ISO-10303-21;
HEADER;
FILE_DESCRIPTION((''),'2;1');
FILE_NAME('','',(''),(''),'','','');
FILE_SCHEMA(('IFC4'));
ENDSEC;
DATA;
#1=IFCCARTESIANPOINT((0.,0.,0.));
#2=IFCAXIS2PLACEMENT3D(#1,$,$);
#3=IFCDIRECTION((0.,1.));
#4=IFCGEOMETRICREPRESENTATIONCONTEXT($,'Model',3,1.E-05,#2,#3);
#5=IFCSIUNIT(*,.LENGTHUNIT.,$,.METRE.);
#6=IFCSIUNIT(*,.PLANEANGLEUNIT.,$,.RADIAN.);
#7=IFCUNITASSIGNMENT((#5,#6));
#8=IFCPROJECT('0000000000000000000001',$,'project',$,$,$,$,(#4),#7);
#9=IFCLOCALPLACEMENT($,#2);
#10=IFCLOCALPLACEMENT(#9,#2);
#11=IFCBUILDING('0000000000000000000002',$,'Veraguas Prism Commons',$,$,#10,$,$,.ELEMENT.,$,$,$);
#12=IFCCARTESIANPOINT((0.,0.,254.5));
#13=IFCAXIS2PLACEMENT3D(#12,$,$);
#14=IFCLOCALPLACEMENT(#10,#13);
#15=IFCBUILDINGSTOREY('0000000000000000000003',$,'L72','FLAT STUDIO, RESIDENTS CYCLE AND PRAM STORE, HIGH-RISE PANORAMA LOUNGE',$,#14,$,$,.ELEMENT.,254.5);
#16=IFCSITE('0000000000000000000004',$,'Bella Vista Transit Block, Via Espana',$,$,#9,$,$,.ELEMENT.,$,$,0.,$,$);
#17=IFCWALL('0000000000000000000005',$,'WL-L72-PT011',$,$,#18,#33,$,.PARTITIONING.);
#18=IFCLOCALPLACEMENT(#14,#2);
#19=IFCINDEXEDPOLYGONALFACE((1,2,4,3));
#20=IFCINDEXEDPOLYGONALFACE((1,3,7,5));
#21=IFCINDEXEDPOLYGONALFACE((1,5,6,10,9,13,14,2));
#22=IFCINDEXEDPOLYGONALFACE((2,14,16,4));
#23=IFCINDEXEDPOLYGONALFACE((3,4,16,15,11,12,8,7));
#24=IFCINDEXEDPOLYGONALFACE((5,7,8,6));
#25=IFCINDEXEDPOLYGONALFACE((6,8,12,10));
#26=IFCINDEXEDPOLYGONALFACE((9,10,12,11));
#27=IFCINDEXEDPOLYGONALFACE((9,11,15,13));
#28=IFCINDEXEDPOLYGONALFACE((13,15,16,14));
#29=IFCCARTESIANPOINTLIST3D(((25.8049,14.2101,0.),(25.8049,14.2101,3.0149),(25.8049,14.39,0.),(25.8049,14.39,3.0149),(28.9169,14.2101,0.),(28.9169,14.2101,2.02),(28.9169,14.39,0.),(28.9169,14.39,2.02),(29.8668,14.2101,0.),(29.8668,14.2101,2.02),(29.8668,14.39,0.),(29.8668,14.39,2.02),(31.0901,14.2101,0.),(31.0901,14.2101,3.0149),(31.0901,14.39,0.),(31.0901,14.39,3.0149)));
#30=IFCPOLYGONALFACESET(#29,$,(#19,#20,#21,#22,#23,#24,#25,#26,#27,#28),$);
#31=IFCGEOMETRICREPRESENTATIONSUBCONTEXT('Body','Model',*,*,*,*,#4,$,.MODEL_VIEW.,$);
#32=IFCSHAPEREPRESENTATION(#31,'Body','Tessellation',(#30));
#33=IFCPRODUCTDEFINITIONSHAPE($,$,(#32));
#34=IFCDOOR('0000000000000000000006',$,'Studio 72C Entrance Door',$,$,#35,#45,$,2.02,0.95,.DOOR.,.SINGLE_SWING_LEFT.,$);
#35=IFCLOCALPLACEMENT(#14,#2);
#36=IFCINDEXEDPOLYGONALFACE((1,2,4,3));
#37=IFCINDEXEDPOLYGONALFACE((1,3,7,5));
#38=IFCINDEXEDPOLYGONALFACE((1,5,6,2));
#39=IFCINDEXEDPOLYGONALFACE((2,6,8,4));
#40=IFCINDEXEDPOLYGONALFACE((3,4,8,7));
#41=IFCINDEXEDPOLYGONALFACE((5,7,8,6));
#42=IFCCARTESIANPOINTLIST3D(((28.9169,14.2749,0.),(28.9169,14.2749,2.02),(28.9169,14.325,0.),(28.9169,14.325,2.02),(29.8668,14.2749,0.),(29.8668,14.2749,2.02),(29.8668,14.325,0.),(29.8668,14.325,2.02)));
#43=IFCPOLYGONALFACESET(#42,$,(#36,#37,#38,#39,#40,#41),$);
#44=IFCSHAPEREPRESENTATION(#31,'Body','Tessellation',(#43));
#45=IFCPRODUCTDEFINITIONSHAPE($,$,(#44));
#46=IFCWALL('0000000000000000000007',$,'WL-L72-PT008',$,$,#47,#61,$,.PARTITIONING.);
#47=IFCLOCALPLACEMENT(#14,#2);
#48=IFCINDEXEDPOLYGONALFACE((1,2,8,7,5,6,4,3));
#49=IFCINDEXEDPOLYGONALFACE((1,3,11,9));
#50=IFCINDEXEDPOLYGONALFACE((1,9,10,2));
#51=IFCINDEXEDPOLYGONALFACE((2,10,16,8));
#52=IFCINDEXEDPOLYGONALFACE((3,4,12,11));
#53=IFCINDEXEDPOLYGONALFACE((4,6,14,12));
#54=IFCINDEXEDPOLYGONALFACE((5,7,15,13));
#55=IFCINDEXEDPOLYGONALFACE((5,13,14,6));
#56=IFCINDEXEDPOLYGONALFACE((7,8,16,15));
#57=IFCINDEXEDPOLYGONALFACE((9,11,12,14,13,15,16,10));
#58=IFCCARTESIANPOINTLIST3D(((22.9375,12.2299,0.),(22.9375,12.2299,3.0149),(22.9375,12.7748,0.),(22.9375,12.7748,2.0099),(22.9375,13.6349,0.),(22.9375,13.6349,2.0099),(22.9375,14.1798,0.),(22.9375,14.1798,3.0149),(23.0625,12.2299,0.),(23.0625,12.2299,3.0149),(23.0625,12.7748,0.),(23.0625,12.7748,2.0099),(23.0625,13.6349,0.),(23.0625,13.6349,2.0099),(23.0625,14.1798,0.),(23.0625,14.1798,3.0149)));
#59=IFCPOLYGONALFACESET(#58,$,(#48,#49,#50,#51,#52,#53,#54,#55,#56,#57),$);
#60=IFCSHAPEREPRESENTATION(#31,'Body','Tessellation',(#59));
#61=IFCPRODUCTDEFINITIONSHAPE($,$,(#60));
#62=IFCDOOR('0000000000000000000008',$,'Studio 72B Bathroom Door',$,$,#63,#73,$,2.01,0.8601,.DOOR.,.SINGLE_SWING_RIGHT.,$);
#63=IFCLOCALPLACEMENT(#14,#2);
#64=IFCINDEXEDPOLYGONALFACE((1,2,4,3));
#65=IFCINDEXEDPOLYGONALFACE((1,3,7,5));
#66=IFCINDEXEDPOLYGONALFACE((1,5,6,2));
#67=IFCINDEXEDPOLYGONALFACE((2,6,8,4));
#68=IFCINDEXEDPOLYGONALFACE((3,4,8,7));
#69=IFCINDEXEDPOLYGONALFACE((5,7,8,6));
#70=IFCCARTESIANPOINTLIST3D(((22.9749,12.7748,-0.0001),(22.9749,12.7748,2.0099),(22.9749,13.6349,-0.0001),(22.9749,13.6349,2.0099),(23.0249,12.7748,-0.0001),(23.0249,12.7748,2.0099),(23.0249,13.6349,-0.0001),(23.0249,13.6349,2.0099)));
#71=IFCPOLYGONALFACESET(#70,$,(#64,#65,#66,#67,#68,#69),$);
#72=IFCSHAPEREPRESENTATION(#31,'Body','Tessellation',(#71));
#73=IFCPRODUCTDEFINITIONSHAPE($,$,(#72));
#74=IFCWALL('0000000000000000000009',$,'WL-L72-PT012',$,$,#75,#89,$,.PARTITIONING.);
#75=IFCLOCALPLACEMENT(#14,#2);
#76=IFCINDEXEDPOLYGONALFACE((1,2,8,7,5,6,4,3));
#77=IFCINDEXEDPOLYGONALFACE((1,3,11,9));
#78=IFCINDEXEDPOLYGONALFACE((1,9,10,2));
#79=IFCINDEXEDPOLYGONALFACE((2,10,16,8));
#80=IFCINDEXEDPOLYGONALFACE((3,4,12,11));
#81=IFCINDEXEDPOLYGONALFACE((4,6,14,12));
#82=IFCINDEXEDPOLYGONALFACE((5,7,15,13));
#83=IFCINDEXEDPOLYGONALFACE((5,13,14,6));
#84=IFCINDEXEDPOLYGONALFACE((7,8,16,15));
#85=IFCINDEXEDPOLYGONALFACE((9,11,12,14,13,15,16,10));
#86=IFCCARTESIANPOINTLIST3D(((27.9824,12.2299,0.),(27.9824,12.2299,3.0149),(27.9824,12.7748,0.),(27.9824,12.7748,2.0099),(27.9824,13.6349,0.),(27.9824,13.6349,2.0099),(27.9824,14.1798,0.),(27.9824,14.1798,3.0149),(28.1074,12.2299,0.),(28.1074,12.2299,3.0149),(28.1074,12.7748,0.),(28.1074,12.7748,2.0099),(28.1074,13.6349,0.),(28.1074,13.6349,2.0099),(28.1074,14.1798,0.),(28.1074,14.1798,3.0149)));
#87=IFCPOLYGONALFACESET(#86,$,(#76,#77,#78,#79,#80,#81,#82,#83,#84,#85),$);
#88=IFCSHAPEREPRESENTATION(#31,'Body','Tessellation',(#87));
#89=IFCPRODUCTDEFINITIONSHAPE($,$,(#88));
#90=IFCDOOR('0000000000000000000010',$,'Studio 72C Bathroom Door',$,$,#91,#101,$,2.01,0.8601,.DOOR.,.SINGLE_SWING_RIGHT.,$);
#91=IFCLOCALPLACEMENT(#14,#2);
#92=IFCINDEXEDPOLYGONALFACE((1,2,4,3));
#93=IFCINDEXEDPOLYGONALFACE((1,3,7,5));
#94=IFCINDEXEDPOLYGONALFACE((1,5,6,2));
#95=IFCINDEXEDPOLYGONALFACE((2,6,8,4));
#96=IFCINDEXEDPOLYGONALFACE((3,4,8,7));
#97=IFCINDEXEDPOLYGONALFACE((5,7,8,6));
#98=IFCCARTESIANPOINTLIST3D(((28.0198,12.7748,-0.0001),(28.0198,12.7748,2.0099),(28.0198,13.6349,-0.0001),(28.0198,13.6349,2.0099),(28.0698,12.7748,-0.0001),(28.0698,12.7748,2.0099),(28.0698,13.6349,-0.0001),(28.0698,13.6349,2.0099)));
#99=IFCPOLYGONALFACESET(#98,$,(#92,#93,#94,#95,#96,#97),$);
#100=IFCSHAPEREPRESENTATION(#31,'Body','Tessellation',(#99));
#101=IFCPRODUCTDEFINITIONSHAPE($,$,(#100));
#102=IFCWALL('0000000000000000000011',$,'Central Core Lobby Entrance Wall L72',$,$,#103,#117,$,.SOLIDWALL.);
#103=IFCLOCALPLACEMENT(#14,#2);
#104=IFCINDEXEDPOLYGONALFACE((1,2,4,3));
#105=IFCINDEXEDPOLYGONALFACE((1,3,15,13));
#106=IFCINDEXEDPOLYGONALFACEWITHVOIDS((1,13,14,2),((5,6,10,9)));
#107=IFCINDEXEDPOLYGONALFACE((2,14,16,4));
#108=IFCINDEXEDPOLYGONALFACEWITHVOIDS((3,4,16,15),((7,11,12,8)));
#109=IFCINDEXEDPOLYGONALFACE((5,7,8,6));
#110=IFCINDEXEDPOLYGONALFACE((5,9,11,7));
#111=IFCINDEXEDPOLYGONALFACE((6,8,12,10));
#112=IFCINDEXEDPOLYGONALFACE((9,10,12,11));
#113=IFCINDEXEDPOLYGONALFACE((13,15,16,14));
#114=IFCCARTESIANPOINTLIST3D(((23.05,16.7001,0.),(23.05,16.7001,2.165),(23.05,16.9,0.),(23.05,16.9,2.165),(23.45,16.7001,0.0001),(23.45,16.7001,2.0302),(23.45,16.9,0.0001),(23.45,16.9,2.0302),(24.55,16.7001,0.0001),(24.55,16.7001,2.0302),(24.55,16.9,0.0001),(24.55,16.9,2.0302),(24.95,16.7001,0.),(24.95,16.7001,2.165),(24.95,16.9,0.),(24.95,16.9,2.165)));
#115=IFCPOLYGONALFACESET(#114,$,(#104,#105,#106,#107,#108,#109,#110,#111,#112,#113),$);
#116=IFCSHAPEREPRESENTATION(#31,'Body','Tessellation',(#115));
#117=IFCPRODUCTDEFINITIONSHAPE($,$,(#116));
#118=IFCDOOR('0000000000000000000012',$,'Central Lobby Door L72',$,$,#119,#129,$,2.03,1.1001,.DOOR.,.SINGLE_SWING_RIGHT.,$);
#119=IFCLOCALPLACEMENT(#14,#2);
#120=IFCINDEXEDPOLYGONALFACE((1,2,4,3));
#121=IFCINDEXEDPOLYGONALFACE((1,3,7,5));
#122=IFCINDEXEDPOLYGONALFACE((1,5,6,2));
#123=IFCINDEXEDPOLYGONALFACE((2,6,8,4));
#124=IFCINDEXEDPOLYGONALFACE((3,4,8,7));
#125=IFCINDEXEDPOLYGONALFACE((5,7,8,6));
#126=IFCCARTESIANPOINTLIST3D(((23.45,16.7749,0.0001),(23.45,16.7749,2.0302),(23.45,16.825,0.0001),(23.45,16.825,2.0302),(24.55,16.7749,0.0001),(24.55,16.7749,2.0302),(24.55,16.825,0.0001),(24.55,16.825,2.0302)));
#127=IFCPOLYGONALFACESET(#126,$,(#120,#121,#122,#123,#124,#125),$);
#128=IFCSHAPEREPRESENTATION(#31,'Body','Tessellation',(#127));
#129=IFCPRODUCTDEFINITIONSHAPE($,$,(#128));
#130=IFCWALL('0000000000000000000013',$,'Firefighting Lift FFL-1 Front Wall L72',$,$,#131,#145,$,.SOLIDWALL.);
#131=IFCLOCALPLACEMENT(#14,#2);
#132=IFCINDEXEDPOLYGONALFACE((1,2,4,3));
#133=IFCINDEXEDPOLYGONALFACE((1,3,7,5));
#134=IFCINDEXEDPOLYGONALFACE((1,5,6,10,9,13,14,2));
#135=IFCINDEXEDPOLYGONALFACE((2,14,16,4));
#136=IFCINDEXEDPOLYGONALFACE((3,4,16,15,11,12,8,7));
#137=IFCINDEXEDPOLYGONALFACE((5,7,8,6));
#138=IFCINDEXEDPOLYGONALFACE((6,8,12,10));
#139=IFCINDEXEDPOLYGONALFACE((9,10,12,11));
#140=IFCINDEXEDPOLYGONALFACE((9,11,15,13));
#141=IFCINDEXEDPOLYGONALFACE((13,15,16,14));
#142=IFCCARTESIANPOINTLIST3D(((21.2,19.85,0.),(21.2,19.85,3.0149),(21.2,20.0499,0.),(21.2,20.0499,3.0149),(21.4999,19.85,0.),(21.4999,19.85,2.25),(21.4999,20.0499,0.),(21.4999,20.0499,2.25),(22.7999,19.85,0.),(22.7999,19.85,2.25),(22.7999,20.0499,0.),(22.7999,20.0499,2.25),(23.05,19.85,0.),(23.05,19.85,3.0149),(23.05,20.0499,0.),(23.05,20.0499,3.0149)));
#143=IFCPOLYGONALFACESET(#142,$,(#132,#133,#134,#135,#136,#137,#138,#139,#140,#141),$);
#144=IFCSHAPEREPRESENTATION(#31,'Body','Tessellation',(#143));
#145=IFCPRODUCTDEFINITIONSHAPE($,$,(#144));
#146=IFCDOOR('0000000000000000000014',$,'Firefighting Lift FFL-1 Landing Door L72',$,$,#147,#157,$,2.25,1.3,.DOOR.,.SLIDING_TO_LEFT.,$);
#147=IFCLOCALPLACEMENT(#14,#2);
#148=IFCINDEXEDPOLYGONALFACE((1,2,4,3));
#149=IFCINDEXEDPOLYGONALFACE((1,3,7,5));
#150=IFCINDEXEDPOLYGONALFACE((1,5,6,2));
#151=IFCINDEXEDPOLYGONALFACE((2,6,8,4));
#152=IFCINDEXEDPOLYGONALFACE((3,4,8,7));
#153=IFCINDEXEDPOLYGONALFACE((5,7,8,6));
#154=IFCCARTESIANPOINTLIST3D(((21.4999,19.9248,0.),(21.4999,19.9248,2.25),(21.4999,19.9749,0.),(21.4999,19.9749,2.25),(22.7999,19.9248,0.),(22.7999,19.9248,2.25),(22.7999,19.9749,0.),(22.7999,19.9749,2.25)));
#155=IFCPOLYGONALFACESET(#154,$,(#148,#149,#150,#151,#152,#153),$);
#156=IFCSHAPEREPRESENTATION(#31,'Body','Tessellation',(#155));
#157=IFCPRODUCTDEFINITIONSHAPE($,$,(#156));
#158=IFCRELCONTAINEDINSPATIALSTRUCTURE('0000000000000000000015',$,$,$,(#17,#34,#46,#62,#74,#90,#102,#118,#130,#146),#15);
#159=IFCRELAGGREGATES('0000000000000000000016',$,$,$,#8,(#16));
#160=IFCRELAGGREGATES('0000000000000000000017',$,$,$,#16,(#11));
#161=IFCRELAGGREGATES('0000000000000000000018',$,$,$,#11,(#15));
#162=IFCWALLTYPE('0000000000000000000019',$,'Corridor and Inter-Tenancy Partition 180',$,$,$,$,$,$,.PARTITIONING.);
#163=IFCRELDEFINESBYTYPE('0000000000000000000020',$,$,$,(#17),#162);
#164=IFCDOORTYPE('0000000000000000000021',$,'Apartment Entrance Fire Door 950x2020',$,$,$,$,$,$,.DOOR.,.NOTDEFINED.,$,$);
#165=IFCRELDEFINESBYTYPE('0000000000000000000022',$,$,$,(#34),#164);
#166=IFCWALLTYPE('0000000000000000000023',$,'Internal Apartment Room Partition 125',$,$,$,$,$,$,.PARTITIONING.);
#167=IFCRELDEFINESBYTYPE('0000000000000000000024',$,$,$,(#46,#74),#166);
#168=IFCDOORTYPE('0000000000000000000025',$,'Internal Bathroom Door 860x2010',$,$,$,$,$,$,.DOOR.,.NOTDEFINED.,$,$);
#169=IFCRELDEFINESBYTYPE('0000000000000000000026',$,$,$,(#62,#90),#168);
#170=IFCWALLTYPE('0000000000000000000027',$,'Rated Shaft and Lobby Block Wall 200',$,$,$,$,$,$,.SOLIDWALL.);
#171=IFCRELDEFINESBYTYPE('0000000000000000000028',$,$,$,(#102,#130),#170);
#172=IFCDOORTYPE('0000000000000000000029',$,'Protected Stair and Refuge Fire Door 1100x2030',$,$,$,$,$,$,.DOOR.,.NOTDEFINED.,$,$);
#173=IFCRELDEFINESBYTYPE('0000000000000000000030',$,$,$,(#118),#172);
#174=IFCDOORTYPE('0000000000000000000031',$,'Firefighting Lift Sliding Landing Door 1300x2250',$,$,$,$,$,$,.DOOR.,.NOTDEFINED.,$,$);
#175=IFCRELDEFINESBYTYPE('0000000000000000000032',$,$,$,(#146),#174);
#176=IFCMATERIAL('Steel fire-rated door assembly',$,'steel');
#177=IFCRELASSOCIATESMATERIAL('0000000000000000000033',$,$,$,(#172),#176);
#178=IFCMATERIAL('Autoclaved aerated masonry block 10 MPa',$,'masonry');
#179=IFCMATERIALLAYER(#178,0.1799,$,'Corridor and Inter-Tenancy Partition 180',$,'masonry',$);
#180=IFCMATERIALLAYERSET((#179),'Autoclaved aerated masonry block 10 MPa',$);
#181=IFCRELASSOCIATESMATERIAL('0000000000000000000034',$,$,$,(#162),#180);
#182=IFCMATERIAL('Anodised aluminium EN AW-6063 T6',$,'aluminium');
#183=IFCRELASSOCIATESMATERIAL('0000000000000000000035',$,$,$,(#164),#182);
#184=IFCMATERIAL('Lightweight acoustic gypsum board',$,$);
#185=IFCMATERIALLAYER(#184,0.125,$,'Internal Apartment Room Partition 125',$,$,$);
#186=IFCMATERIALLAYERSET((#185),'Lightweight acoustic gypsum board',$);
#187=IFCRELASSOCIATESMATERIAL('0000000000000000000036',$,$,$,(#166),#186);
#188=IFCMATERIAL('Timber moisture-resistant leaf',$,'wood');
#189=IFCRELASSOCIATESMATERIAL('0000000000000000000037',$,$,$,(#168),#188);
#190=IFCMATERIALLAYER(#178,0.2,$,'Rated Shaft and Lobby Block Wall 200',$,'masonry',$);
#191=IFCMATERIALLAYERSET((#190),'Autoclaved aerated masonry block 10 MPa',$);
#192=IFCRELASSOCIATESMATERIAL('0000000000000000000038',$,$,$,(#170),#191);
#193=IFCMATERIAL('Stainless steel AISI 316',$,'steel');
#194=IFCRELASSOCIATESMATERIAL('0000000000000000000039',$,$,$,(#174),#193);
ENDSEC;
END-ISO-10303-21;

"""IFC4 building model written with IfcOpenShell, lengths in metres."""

from ifc_helpers import new_model, si_unit, direction, frame, frame_2d, origin, place, context, subcontext, project, spatial, rectangle, extrude, source, transform, mapped, material, layer, layer_set, type_object, element, fill, save


model = new_model("IFC4")

# Units and contexts
model_context = context("Model", 3, precision=1e-05, world=origin(), true_north=direction((0.0, 1.0)))
body_context = subcontext(model_context, "Body", "Model", "MODEL_VIEW")
ifc_project = project(units=[si_unit("LENGTHUNIT", "METRE"), si_unit("PLANEANGLEUNIT", "RADIAN")], contexts=[model_context])

# Site, building, storey
site_placement = place(None, origin())
site = spatial("IfcSite", under=ifc_project, at=site_placement, Name="Bella Vista Transit Block, Via Espana", CompositionType="ELEMENT", RefElevation=0.0)
building_placement = place(site_placement, origin())
building = spatial("IfcBuilding", under=site, at=building_placement, Name="Veraguas Prism Commons", CompositionType="ELEMENT")
storey_placement = place(building_placement, frame((0.0, 0.0, 254.5)))
storey = spatial("IfcBuildingStorey", under=building, at=storey_placement, Name="L72", Description="FLAT STUDIO, RESIDENTS CYCLE AND PRAM STORE, HIGH-RISE PANORAMA LOUNGE", CompositionType="ELEMENT", Elevation=254.5)

# Shared definitions
ifc_material_1 = material(Name="Steel fire-rated door assembly", Category="steel")
door_type_1 = type_object("IfcDoorType", Name="Protected Stair and Refuge Fire Door 1100x2030", OperationType="NOTDEFINED", PredefinedType="DOOR", material=ifc_material_1)
shared_shape_1 = source(origin(), body_context, "Body", "SweptSolid", [
    extrude(rectangle(XDim=1.1001, YDim=2.03, at=frame_2d((0.55, 1.0151))), frame((0.0, 0.0249, 0.0), z_axis=(0.0, -1.0, 0.0), x_axis=(1.0, 0.0, 0.0)), (0.0, 0.0, 1.0), 0.05),
])

# Shared definitions
ifc_material_2 = material(Name="Autoclaved aerated masonry block 10 MPa", Category="masonry")
ifc_layer_1 = layer(ifc_material_2, 0.1799, Name="Corridor and Inter-Tenancy Partition 180", Category="masonry")
ifc_layer_set_1 = layer_set([ifc_layer_1], Name="Autoclaved aerated masonry block 10 MPa")
wall_type_1 = type_object("IfcWallType", Name="Corridor and Inter-Tenancy Partition 180", PredefinedType="PARTITIONING", material=ifc_layer_set_1)

# Walls, openings, doors
wall_1_placement = place(storey_placement, frame((25.8049, 14.3, 0.0), z_axis=(0.0, 0.0, 1.0), x_axis=(1.0, 0.0, 0.0)))
wall_1 = element("IfcWall", 1, at=wall_1_placement, inside=storey, type_object=wall_type_1, Name="WL-L72-PT011", PredefinedType="PARTITIONING", context=body_context, shape_type="SweptSolid", body=[
    extrude(rectangle(XDim=5.2852, YDim=0.1799, at=frame_2d((2.6426, 0.0))), origin(), (0.0, 0.0, 1.0), 3.0149),
])
opening_1_placement = place(wall_1_placement, frame((3.1118, 0.0, 0.0)))
opening_1 = element("IfcOpeningElement", 2, at=opening_1_placement, cuts=wall_1, PredefinedType="OPENING", context=body_context, shape_type="SweptSolid", body=[
    extrude(rectangle(XDim=0.95, YDim=2.02, at=frame_2d((0.4751, 1.01))), frame((0.0, 0.0999, 0.0), z_axis=(0.0, -1.0, 0.0), x_axis=(1.0, 0.0, 0.0)), (0.0, 0.0, 1.0), 0.2),
])
ifc_material_3 = material(Name="Anodised aluminium EN AW-6063 T6", Category="aluminium")
door_type_2 = type_object("IfcDoorType", Name="Apartment Entrance Fire Door 950x2020", OperationType="NOTDEFINED", PredefinedType="DOOR", material=ifc_material_3)
shared_shape_2 = source(origin(), body_context, "Body", "SweptSolid", [
    extrude(rectangle(XDim=0.95, YDim=2.02, at=frame_2d((0.4751, 1.01))), frame((0.0, 0.0249, 0.0), z_axis=(0.0, -1.0, 0.0), x_axis=(1.0, 0.0, 0.0)), (0.0, 0.0, 1.0), 0.05),
])
door_1_placement = place(opening_1_placement, origin())
door_1 = element("IfcDoor", 3, at=door_1_placement, inside=storey, type_object=door_type_2, Name="Studio 72C Entrance Door", OperationType="SINGLE_SWING_LEFT", OverallHeight=2.02, OverallWidth=0.95, PredefinedType="DOOR", context=body_context, shape_type="MappedRepresentation", body=[
    mapped(shared_shape_2, transform((0.0, 0.0, 0.0), scale=1.0)),
])
fill(opening_1, door_1)
ifc_material_4 = material(Name="Lightweight acoustic gypsum board")
ifc_layer_2 = layer(ifc_material_4, 0.125, Name="Internal Apartment Room Partition 125")
ifc_layer_set_2 = layer_set([ifc_layer_2], Name="Lightweight acoustic gypsum board")
wall_type_2 = type_object("IfcWallType", Name="Internal Apartment Room Partition 125", PredefinedType="PARTITIONING", material=ifc_layer_set_2)
wall_2_placement = place(storey_placement, frame((23.0, 14.1799, 0.0), z_axis=(0.0, 0.0, 1.0), x_axis=(0.0, -1.0, 0.0)))
wall_2 = element("IfcWall", 4, at=wall_2_placement, inside=storey, type_object=wall_type_2, Name="WL-L72-PT008", PredefinedType="PARTITIONING", context=body_context, shape_type="SweptSolid", body=[
    extrude(rectangle(XDim=1.95, YDim=0.125, at=frame_2d((0.9751, 0.0))), origin(), (0.0, 0.0, 1.0), 3.0149),
])
opening_2_placement = place(wall_2_placement, frame((0.5449, 0.0, 0.0)))
opening_2 = element("IfcOpeningElement", 5, at=opening_2_placement, cuts=wall_2, PredefinedType="OPENING", context=body_context, shape_type="SweptSolid", body=[
    extrude(rectangle(XDim=0.8601, YDim=2.01, at=frame_2d((0.4302, 1.0049))), frame((0.0, 0.0725, 0.0), z_axis=(0.0, -1.0, 0.0), x_axis=(1.0, 0.0, 0.0)), (0.0, 0.0, 1.0), 0.145),
])
ifc_material_5 = material(Name="Timber moisture-resistant leaf", Category="wood")
door_type_3 = type_object("IfcDoorType", Name="Internal Bathroom Door 860x2010", OperationType="NOTDEFINED", PredefinedType="DOOR", material=ifc_material_5)
shared_shape_3 = source(origin(), body_context, "Body", "SweptSolid", [
    extrude(rectangle(XDim=0.8601, YDim=2.01, at=frame_2d((0.4302, 1.0049))), frame((0.0, 0.0249, 0.0), z_axis=(0.0, -1.0, 0.0), x_axis=(1.0, 0.0, 0.0)), (0.0, 0.0, 1.0), 0.05),
])
door_2_placement = place(opening_2_placement, origin())
door_2 = element("IfcDoor", 6, at=door_2_placement, inside=storey, type_object=door_type_3, Name="Studio 72B Bathroom Door", OperationType="SINGLE_SWING_RIGHT", OverallHeight=2.01, OverallWidth=0.8601, PredefinedType="DOOR", context=body_context, shape_type="MappedRepresentation", body=[
    mapped(shared_shape_3, transform((0.0, 0.0, 0.0), scale=1.0)),
])
fill(opening_2, door_2)
wall_3_placement = place(storey_placement, frame((28.0449, 14.1799, 0.0), z_axis=(0.0, 0.0, 1.0), x_axis=(0.0, -1.0, 0.0)))
wall_3 = element("IfcWall", 7, at=wall_3_placement, inside=storey, type_object=wall_type_2, Name="WL-L72-PT012", PredefinedType="PARTITIONING", context=body_context, shape_type="SweptSolid", body=[
    extrude(rectangle(XDim=1.95, YDim=0.125, at=frame_2d((0.9751, 0.0))), origin(), (0.0, 0.0, 1.0), 3.0149),
])
opening_3_placement = place(wall_3_placement, frame((0.5449, 0.0, 0.0)))
opening_3 = element("IfcOpeningElement", 8, at=opening_3_placement, cuts=wall_3, PredefinedType="OPENING", context=body_context, shape_type="SweptSolid", body=[
    extrude(rectangle(XDim=0.8601, YDim=2.01, at=frame_2d((0.4302, 1.0049))), frame((0.0, 0.0725, 0.0), z_axis=(0.0, -1.0, 0.0), x_axis=(1.0, 0.0, 0.0)), (0.0, 0.0, 1.0), 0.145),
])
door_3_placement = place(opening_3_placement, origin())
door_3 = element("IfcDoor", 9, at=door_3_placement, inside=storey, type_object=door_type_3, Name="Studio 72C Bathroom Door", OperationType="SINGLE_SWING_RIGHT", OverallHeight=2.01, OverallWidth=0.8601, PredefinedType="DOOR", context=body_context, shape_type="MappedRepresentation", body=[
    mapped(shared_shape_3, transform((0.0, 0.0, 0.0), scale=1.0)),
])
fill(opening_3, door_3)
ifc_layer_3 = layer(ifc_material_2, 0.2, Name="Rated Shaft and Lobby Block Wall 200", Category="masonry")
ifc_layer_set_3 = layer_set([ifc_layer_3], Name="Autoclaved aerated masonry block 10 MPa")
wall_type_3 = type_object("IfcWallType", Name="Rated Shaft and Lobby Block Wall 200", PredefinedType="SOLIDWALL", material=ifc_layer_set_3)
wall_4_placement = place(storey_placement, frame((23.05, 16.8, 0.0), z_axis=(0.0, 0.0, 1.0), x_axis=(1.0, 0.0, 0.0)))
wall_4 = element("IfcWall", 10, at=wall_4_placement, inside=storey, type_object=wall_type_3, Name="Central Core Lobby Entrance Wall L72", PredefinedType="SOLIDWALL", context=body_context, shape_type="SweptSolid", body=[
    extrude(rectangle(XDim=1.8999, YDim=0.2, at=frame_2d((0.95, 0.0))), origin(), (0.0, 0.0, 1.0), 2.165),
])
opening_4_placement = place(wall_4_placement, frame((0.3999, 0.0, 0.0)))
opening_4 = element("IfcOpeningElement", 11, at=opening_4_placement, cuts=wall_4, PredefinedType="OPENING", context=body_context, shape_type="SweptSolid", body=[
    extrude(rectangle(XDim=1.1001, YDim=2.03, at=frame_2d((0.55, 1.0151))), frame((0.0, 0.1099, 0.0), z_axis=(0.0, -1.0, 0.0), x_axis=(1.0, 0.0, 0.0)), (0.0, 0.0, 1.0), 0.22),
])
door_4_placement = place(opening_4_placement, origin())
door_4 = element("IfcDoor", 12, at=door_4_placement, inside=storey, type_object=door_type_1, Name="Central Lobby Door L72", OperationType="SINGLE_SWING_RIGHT", OverallHeight=2.03, OverallWidth=1.1001, PredefinedType="DOOR", context=body_context, shape_type="MappedRepresentation", body=[
    mapped(shared_shape_1, transform((0.0, 0.0, 0.0), scale=1.0)),
])
fill(opening_4, door_4)
wall_5_placement = place(storey_placement, frame((21.2, 19.95, 0.0), z_axis=(0.0, 0.0, 1.0), x_axis=(1.0, 0.0, 0.0)))
wall_5 = element("IfcWall", 13, at=wall_5_placement, inside=storey, type_object=wall_type_3, Name="Firefighting Lift FFL-1 Front Wall L72", PredefinedType="SOLIDWALL", context=body_context, shape_type="SweptSolid", body=[
    extrude(rectangle(XDim=1.8501, YDim=0.2, at=frame_2d((0.925, 0.0))), origin(), (0.0, 0.0, 1.0), 3.0149),
])
opening_5_placement = place(wall_5_placement, frame((0.3, 0.0, 0.0)))
opening_5 = element("IfcOpeningElement", 14, at=opening_5_placement, cuts=wall_5, PredefinedType="OPENING", context=body_context, shape_type="SweptSolid", body=[
    extrude(rectangle(XDim=1.3, YDim=2.25, at=frame_2d((0.6499, 1.125))), frame((0.0, 0.1099, 0.0), z_axis=(0.0, -1.0, 0.0), x_axis=(1.0, 0.0, 0.0)), (0.0, 0.0, 1.0), 0.22),
])
ifc_material_6 = material(Name="Stainless steel AISI 316", Category="steel")
door_type_4 = type_object("IfcDoorType", Name="Firefighting Lift Sliding Landing Door 1300x2250", OperationType="NOTDEFINED", PredefinedType="DOOR", material=ifc_material_6)
shared_shape_4 = source(origin(), body_context, "Body", "SweptSolid", [
    extrude(rectangle(XDim=1.3, YDim=2.25, at=frame_2d((0.6499, 1.125))), frame((0.0, 0.0249, 0.0), z_axis=(0.0, -1.0, 0.0), x_axis=(1.0, 0.0, 0.0)), (0.0, 0.0, 1.0), 0.05),
])
door_5_placement = place(opening_5_placement, origin())
door_5 = element("IfcDoor", 15, at=door_5_placement, inside=storey, type_object=door_type_4, Name="Firefighting Lift FFL-1 Landing Door L72", OperationType="SLIDING_TO_LEFT", OverallHeight=2.25, OverallWidth=1.3, PredefinedType="DOOR", context=body_context, shape_type="MappedRepresentation", body=[
    mapped(shared_shape_4, transform((0.0, 0.0, 0.0), scale=1.0)),
])
fill(opening_5, door_5)

save(model, "model.ifc")
